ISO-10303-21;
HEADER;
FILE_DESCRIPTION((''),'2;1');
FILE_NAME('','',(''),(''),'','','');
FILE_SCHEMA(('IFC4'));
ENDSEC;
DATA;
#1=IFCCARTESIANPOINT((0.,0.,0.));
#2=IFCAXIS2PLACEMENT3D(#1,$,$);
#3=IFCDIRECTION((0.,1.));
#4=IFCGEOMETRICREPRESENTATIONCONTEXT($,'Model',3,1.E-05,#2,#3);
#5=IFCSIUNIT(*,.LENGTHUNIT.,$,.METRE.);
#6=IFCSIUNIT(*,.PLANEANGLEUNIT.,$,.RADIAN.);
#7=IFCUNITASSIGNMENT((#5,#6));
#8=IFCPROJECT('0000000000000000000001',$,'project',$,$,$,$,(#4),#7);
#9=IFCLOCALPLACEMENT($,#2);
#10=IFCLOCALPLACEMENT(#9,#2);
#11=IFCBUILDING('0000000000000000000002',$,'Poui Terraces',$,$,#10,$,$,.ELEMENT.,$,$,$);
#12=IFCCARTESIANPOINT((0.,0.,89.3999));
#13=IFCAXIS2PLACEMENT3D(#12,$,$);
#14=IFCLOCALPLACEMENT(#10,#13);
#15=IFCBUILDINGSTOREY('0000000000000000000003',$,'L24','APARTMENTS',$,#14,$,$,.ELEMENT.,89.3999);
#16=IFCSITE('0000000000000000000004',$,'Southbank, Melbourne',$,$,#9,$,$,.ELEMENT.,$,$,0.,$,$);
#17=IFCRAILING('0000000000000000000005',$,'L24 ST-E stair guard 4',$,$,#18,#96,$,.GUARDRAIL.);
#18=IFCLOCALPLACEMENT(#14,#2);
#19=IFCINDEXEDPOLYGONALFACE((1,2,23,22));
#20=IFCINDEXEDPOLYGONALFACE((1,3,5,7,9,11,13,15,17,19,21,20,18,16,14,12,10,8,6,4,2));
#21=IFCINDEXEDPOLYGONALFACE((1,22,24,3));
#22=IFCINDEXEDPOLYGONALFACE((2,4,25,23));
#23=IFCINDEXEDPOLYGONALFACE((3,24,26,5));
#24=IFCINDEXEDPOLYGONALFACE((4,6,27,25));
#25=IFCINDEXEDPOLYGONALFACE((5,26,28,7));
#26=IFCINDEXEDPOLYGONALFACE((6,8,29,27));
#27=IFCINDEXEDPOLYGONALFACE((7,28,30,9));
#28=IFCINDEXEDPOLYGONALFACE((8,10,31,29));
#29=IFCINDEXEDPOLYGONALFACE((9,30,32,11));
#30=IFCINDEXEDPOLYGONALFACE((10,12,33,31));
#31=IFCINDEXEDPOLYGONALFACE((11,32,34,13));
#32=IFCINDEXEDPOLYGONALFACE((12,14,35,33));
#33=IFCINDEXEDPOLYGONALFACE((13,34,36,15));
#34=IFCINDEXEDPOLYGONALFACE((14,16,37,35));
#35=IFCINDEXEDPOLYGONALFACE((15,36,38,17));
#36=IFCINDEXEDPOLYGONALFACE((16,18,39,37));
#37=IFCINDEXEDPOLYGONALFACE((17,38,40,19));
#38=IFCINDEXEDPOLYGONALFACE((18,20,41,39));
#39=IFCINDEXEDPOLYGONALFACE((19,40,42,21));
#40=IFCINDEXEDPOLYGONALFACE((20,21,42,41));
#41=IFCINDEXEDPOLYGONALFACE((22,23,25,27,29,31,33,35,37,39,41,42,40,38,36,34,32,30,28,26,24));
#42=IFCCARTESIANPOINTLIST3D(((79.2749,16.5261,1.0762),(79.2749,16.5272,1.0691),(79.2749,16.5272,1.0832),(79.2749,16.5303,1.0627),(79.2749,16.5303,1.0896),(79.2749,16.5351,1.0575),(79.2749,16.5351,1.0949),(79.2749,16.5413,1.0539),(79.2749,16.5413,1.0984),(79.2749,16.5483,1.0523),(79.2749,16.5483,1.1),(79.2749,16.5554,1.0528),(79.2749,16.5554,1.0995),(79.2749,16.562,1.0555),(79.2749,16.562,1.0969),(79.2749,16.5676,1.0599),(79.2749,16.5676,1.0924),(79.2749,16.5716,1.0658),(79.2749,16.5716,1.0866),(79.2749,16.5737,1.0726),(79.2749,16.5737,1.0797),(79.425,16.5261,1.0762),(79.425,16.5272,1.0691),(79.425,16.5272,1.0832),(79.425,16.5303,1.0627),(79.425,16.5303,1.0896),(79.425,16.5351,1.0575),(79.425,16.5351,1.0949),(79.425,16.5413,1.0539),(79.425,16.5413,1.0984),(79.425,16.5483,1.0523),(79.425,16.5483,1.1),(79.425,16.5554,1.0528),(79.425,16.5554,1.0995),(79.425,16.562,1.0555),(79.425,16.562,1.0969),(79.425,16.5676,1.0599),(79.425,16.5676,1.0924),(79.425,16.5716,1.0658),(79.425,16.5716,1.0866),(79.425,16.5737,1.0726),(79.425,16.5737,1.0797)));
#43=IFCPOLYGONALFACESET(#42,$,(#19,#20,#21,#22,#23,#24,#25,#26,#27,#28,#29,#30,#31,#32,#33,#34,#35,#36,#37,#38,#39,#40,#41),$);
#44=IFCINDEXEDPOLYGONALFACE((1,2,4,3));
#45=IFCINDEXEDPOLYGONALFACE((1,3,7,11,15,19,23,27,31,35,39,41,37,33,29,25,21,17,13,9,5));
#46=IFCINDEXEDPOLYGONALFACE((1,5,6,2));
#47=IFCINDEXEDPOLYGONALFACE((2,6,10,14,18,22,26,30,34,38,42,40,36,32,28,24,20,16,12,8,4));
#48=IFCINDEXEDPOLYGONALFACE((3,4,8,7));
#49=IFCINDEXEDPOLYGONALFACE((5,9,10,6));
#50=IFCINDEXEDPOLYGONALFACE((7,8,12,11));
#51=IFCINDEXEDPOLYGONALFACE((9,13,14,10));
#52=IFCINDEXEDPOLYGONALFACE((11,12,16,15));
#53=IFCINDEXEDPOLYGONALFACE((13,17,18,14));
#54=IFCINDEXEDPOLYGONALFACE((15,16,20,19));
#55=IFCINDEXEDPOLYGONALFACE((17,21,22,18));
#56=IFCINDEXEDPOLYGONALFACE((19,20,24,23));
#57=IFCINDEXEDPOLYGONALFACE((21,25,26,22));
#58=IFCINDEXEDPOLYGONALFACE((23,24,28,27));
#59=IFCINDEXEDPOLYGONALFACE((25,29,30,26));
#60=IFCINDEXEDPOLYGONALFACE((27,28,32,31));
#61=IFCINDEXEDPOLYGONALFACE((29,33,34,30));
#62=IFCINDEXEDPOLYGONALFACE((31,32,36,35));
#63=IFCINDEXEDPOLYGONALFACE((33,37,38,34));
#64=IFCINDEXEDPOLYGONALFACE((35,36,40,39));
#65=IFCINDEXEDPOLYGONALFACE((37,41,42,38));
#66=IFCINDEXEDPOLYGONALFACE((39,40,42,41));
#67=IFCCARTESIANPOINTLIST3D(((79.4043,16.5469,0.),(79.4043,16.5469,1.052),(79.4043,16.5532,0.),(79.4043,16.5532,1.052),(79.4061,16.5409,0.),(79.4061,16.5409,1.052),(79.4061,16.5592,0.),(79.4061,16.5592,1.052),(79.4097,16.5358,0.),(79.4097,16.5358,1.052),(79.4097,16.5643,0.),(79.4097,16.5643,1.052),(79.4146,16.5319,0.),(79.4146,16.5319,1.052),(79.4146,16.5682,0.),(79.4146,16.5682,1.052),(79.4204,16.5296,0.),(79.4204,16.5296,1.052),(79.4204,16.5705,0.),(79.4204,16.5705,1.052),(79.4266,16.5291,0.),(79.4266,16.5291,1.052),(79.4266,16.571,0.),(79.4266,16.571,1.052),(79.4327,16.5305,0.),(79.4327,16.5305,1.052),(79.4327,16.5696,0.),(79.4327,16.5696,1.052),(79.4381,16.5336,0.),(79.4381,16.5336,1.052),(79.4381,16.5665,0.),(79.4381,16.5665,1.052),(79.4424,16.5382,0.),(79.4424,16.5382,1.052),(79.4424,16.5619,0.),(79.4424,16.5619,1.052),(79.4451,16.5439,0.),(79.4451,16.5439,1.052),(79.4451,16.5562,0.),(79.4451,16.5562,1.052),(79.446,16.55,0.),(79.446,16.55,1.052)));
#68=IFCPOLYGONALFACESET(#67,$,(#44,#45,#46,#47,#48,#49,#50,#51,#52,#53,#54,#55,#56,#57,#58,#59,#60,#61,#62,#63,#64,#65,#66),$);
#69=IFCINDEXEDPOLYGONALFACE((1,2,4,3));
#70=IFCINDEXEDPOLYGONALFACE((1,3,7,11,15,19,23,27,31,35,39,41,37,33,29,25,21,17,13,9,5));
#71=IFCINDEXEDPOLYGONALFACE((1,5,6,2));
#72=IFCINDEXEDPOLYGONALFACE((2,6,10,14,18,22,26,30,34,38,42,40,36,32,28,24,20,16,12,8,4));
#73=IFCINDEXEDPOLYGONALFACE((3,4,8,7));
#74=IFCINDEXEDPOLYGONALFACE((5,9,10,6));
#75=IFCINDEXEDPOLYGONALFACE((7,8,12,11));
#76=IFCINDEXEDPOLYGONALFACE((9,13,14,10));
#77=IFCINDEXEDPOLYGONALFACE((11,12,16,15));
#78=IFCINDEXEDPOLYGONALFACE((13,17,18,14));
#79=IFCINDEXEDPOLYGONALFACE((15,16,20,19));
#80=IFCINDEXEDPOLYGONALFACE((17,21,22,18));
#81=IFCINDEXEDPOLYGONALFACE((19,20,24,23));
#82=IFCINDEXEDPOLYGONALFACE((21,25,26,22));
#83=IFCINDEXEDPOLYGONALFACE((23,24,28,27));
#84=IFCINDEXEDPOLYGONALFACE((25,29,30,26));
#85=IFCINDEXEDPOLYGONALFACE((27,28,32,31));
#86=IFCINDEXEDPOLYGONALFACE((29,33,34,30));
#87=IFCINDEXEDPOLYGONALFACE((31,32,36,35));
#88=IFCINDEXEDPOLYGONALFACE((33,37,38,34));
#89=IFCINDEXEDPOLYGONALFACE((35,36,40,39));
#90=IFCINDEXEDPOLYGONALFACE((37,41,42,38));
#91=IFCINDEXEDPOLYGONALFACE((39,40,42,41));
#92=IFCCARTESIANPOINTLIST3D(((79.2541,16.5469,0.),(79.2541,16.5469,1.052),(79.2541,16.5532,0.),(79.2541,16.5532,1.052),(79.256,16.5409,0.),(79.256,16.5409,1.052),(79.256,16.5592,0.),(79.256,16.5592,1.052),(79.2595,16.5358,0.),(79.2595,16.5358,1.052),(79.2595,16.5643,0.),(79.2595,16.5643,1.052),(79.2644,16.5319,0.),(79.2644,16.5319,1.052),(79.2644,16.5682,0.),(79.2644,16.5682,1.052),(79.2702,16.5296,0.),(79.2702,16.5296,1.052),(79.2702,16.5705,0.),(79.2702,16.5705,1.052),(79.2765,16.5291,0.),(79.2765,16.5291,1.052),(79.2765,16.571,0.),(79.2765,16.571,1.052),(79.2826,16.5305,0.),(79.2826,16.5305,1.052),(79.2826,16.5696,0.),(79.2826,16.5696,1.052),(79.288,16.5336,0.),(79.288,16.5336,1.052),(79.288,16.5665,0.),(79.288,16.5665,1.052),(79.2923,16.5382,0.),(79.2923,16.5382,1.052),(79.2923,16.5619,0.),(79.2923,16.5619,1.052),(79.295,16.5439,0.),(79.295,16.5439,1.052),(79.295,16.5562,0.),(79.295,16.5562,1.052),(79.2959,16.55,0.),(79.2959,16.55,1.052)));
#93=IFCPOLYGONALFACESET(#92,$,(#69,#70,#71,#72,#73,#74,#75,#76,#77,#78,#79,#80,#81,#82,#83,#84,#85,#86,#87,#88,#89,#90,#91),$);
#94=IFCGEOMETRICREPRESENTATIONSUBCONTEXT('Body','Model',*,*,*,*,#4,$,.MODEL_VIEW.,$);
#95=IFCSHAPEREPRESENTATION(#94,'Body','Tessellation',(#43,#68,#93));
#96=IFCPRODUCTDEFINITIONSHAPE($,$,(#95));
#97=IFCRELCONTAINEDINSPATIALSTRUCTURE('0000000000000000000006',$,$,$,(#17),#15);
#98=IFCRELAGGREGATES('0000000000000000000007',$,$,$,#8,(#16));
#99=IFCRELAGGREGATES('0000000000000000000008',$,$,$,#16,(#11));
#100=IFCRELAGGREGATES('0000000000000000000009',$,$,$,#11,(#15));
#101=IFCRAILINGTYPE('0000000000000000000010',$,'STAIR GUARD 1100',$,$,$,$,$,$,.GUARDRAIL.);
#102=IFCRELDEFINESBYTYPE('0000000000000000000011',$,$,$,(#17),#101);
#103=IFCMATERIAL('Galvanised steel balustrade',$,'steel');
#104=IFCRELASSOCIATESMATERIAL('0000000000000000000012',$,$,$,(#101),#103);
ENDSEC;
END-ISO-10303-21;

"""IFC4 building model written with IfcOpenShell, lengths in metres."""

from ifc_helpers import new_model, si_unit, direction, frame, origin, origin_2d, place, context, subcontext, project, spatial, circle, extrude, material, type_object, element, save


model = new_model("IFC4")

# Units and contexts
model_context = context("Model", 3, precision=1e-05, world=origin(), true_north=direction((0.0, 1.0)))
body_context = subcontext(model_context, "Body", "Model", "MODEL_VIEW")
ifc_project = project(units=[si_unit("LENGTHUNIT", "METRE"), si_unit("PLANEANGLEUNIT", "RADIAN")], contexts=[model_context])

# Site, building, storey
site_placement = place(None, origin())
site = spatial("IfcSite", under=ifc_project, at=site_placement, Name="Southbank, Melbourne", CompositionType="ELEMENT", RefElevation=0.0)
building_placement = place(site_placement, origin())
building = spatial("IfcBuilding", under=site, at=building_placement, Name="Poui Terraces", CompositionType="ELEMENT")
storey_placement = place(building_placement, frame((0.0, 0.0, 89.3999)))
storey = spatial("IfcBuildingStorey", under=building, at=storey_placement, Name="L24", Description="APARTMENTS", CompositionType="ELEMENT", Elevation=89.3999)

# Railing
ifc_material_1 = material(Name="Galvanised steel balustrade", Category="steel")
railing_type_1 = type_object("IfcRailingType", Name="STAIR GUARD 1100", PredefinedType="GUARDRAIL", material=ifc_material_1)
railing_1_placement = place(storey_placement, frame((79.425, 16.55, 0.0)))
element("IfcRailing", 1, at=railing_1_placement, inside=storey, type_object=railing_type_1, Name="L24 ST-E stair guard 4", PredefinedType="GUARDRAIL", context=body_context, shape_type="SweptSolid", body=[
    extrude(circle(Radius=0.0239, at=origin_2d()), frame((0.0, 0.0, 1.0762), z_axis=(-1.0, 0.0, 0.0), x_axis=(0.0, -1.0, 0.0)), (0.0, 0.0, 1.0), 0.1501),
    extrude(circle(Radius=0.021, at=origin_2d()), origin(), (0.0, 0.0, 1.0), 1.052),
    extrude(circle(Radius=0.021, at=origin_2d()), frame((-0.1501, 0.0, 0.0)), (0.0, 0.0, 1.0), 1.052),
])

save(model, "model.ifc")
